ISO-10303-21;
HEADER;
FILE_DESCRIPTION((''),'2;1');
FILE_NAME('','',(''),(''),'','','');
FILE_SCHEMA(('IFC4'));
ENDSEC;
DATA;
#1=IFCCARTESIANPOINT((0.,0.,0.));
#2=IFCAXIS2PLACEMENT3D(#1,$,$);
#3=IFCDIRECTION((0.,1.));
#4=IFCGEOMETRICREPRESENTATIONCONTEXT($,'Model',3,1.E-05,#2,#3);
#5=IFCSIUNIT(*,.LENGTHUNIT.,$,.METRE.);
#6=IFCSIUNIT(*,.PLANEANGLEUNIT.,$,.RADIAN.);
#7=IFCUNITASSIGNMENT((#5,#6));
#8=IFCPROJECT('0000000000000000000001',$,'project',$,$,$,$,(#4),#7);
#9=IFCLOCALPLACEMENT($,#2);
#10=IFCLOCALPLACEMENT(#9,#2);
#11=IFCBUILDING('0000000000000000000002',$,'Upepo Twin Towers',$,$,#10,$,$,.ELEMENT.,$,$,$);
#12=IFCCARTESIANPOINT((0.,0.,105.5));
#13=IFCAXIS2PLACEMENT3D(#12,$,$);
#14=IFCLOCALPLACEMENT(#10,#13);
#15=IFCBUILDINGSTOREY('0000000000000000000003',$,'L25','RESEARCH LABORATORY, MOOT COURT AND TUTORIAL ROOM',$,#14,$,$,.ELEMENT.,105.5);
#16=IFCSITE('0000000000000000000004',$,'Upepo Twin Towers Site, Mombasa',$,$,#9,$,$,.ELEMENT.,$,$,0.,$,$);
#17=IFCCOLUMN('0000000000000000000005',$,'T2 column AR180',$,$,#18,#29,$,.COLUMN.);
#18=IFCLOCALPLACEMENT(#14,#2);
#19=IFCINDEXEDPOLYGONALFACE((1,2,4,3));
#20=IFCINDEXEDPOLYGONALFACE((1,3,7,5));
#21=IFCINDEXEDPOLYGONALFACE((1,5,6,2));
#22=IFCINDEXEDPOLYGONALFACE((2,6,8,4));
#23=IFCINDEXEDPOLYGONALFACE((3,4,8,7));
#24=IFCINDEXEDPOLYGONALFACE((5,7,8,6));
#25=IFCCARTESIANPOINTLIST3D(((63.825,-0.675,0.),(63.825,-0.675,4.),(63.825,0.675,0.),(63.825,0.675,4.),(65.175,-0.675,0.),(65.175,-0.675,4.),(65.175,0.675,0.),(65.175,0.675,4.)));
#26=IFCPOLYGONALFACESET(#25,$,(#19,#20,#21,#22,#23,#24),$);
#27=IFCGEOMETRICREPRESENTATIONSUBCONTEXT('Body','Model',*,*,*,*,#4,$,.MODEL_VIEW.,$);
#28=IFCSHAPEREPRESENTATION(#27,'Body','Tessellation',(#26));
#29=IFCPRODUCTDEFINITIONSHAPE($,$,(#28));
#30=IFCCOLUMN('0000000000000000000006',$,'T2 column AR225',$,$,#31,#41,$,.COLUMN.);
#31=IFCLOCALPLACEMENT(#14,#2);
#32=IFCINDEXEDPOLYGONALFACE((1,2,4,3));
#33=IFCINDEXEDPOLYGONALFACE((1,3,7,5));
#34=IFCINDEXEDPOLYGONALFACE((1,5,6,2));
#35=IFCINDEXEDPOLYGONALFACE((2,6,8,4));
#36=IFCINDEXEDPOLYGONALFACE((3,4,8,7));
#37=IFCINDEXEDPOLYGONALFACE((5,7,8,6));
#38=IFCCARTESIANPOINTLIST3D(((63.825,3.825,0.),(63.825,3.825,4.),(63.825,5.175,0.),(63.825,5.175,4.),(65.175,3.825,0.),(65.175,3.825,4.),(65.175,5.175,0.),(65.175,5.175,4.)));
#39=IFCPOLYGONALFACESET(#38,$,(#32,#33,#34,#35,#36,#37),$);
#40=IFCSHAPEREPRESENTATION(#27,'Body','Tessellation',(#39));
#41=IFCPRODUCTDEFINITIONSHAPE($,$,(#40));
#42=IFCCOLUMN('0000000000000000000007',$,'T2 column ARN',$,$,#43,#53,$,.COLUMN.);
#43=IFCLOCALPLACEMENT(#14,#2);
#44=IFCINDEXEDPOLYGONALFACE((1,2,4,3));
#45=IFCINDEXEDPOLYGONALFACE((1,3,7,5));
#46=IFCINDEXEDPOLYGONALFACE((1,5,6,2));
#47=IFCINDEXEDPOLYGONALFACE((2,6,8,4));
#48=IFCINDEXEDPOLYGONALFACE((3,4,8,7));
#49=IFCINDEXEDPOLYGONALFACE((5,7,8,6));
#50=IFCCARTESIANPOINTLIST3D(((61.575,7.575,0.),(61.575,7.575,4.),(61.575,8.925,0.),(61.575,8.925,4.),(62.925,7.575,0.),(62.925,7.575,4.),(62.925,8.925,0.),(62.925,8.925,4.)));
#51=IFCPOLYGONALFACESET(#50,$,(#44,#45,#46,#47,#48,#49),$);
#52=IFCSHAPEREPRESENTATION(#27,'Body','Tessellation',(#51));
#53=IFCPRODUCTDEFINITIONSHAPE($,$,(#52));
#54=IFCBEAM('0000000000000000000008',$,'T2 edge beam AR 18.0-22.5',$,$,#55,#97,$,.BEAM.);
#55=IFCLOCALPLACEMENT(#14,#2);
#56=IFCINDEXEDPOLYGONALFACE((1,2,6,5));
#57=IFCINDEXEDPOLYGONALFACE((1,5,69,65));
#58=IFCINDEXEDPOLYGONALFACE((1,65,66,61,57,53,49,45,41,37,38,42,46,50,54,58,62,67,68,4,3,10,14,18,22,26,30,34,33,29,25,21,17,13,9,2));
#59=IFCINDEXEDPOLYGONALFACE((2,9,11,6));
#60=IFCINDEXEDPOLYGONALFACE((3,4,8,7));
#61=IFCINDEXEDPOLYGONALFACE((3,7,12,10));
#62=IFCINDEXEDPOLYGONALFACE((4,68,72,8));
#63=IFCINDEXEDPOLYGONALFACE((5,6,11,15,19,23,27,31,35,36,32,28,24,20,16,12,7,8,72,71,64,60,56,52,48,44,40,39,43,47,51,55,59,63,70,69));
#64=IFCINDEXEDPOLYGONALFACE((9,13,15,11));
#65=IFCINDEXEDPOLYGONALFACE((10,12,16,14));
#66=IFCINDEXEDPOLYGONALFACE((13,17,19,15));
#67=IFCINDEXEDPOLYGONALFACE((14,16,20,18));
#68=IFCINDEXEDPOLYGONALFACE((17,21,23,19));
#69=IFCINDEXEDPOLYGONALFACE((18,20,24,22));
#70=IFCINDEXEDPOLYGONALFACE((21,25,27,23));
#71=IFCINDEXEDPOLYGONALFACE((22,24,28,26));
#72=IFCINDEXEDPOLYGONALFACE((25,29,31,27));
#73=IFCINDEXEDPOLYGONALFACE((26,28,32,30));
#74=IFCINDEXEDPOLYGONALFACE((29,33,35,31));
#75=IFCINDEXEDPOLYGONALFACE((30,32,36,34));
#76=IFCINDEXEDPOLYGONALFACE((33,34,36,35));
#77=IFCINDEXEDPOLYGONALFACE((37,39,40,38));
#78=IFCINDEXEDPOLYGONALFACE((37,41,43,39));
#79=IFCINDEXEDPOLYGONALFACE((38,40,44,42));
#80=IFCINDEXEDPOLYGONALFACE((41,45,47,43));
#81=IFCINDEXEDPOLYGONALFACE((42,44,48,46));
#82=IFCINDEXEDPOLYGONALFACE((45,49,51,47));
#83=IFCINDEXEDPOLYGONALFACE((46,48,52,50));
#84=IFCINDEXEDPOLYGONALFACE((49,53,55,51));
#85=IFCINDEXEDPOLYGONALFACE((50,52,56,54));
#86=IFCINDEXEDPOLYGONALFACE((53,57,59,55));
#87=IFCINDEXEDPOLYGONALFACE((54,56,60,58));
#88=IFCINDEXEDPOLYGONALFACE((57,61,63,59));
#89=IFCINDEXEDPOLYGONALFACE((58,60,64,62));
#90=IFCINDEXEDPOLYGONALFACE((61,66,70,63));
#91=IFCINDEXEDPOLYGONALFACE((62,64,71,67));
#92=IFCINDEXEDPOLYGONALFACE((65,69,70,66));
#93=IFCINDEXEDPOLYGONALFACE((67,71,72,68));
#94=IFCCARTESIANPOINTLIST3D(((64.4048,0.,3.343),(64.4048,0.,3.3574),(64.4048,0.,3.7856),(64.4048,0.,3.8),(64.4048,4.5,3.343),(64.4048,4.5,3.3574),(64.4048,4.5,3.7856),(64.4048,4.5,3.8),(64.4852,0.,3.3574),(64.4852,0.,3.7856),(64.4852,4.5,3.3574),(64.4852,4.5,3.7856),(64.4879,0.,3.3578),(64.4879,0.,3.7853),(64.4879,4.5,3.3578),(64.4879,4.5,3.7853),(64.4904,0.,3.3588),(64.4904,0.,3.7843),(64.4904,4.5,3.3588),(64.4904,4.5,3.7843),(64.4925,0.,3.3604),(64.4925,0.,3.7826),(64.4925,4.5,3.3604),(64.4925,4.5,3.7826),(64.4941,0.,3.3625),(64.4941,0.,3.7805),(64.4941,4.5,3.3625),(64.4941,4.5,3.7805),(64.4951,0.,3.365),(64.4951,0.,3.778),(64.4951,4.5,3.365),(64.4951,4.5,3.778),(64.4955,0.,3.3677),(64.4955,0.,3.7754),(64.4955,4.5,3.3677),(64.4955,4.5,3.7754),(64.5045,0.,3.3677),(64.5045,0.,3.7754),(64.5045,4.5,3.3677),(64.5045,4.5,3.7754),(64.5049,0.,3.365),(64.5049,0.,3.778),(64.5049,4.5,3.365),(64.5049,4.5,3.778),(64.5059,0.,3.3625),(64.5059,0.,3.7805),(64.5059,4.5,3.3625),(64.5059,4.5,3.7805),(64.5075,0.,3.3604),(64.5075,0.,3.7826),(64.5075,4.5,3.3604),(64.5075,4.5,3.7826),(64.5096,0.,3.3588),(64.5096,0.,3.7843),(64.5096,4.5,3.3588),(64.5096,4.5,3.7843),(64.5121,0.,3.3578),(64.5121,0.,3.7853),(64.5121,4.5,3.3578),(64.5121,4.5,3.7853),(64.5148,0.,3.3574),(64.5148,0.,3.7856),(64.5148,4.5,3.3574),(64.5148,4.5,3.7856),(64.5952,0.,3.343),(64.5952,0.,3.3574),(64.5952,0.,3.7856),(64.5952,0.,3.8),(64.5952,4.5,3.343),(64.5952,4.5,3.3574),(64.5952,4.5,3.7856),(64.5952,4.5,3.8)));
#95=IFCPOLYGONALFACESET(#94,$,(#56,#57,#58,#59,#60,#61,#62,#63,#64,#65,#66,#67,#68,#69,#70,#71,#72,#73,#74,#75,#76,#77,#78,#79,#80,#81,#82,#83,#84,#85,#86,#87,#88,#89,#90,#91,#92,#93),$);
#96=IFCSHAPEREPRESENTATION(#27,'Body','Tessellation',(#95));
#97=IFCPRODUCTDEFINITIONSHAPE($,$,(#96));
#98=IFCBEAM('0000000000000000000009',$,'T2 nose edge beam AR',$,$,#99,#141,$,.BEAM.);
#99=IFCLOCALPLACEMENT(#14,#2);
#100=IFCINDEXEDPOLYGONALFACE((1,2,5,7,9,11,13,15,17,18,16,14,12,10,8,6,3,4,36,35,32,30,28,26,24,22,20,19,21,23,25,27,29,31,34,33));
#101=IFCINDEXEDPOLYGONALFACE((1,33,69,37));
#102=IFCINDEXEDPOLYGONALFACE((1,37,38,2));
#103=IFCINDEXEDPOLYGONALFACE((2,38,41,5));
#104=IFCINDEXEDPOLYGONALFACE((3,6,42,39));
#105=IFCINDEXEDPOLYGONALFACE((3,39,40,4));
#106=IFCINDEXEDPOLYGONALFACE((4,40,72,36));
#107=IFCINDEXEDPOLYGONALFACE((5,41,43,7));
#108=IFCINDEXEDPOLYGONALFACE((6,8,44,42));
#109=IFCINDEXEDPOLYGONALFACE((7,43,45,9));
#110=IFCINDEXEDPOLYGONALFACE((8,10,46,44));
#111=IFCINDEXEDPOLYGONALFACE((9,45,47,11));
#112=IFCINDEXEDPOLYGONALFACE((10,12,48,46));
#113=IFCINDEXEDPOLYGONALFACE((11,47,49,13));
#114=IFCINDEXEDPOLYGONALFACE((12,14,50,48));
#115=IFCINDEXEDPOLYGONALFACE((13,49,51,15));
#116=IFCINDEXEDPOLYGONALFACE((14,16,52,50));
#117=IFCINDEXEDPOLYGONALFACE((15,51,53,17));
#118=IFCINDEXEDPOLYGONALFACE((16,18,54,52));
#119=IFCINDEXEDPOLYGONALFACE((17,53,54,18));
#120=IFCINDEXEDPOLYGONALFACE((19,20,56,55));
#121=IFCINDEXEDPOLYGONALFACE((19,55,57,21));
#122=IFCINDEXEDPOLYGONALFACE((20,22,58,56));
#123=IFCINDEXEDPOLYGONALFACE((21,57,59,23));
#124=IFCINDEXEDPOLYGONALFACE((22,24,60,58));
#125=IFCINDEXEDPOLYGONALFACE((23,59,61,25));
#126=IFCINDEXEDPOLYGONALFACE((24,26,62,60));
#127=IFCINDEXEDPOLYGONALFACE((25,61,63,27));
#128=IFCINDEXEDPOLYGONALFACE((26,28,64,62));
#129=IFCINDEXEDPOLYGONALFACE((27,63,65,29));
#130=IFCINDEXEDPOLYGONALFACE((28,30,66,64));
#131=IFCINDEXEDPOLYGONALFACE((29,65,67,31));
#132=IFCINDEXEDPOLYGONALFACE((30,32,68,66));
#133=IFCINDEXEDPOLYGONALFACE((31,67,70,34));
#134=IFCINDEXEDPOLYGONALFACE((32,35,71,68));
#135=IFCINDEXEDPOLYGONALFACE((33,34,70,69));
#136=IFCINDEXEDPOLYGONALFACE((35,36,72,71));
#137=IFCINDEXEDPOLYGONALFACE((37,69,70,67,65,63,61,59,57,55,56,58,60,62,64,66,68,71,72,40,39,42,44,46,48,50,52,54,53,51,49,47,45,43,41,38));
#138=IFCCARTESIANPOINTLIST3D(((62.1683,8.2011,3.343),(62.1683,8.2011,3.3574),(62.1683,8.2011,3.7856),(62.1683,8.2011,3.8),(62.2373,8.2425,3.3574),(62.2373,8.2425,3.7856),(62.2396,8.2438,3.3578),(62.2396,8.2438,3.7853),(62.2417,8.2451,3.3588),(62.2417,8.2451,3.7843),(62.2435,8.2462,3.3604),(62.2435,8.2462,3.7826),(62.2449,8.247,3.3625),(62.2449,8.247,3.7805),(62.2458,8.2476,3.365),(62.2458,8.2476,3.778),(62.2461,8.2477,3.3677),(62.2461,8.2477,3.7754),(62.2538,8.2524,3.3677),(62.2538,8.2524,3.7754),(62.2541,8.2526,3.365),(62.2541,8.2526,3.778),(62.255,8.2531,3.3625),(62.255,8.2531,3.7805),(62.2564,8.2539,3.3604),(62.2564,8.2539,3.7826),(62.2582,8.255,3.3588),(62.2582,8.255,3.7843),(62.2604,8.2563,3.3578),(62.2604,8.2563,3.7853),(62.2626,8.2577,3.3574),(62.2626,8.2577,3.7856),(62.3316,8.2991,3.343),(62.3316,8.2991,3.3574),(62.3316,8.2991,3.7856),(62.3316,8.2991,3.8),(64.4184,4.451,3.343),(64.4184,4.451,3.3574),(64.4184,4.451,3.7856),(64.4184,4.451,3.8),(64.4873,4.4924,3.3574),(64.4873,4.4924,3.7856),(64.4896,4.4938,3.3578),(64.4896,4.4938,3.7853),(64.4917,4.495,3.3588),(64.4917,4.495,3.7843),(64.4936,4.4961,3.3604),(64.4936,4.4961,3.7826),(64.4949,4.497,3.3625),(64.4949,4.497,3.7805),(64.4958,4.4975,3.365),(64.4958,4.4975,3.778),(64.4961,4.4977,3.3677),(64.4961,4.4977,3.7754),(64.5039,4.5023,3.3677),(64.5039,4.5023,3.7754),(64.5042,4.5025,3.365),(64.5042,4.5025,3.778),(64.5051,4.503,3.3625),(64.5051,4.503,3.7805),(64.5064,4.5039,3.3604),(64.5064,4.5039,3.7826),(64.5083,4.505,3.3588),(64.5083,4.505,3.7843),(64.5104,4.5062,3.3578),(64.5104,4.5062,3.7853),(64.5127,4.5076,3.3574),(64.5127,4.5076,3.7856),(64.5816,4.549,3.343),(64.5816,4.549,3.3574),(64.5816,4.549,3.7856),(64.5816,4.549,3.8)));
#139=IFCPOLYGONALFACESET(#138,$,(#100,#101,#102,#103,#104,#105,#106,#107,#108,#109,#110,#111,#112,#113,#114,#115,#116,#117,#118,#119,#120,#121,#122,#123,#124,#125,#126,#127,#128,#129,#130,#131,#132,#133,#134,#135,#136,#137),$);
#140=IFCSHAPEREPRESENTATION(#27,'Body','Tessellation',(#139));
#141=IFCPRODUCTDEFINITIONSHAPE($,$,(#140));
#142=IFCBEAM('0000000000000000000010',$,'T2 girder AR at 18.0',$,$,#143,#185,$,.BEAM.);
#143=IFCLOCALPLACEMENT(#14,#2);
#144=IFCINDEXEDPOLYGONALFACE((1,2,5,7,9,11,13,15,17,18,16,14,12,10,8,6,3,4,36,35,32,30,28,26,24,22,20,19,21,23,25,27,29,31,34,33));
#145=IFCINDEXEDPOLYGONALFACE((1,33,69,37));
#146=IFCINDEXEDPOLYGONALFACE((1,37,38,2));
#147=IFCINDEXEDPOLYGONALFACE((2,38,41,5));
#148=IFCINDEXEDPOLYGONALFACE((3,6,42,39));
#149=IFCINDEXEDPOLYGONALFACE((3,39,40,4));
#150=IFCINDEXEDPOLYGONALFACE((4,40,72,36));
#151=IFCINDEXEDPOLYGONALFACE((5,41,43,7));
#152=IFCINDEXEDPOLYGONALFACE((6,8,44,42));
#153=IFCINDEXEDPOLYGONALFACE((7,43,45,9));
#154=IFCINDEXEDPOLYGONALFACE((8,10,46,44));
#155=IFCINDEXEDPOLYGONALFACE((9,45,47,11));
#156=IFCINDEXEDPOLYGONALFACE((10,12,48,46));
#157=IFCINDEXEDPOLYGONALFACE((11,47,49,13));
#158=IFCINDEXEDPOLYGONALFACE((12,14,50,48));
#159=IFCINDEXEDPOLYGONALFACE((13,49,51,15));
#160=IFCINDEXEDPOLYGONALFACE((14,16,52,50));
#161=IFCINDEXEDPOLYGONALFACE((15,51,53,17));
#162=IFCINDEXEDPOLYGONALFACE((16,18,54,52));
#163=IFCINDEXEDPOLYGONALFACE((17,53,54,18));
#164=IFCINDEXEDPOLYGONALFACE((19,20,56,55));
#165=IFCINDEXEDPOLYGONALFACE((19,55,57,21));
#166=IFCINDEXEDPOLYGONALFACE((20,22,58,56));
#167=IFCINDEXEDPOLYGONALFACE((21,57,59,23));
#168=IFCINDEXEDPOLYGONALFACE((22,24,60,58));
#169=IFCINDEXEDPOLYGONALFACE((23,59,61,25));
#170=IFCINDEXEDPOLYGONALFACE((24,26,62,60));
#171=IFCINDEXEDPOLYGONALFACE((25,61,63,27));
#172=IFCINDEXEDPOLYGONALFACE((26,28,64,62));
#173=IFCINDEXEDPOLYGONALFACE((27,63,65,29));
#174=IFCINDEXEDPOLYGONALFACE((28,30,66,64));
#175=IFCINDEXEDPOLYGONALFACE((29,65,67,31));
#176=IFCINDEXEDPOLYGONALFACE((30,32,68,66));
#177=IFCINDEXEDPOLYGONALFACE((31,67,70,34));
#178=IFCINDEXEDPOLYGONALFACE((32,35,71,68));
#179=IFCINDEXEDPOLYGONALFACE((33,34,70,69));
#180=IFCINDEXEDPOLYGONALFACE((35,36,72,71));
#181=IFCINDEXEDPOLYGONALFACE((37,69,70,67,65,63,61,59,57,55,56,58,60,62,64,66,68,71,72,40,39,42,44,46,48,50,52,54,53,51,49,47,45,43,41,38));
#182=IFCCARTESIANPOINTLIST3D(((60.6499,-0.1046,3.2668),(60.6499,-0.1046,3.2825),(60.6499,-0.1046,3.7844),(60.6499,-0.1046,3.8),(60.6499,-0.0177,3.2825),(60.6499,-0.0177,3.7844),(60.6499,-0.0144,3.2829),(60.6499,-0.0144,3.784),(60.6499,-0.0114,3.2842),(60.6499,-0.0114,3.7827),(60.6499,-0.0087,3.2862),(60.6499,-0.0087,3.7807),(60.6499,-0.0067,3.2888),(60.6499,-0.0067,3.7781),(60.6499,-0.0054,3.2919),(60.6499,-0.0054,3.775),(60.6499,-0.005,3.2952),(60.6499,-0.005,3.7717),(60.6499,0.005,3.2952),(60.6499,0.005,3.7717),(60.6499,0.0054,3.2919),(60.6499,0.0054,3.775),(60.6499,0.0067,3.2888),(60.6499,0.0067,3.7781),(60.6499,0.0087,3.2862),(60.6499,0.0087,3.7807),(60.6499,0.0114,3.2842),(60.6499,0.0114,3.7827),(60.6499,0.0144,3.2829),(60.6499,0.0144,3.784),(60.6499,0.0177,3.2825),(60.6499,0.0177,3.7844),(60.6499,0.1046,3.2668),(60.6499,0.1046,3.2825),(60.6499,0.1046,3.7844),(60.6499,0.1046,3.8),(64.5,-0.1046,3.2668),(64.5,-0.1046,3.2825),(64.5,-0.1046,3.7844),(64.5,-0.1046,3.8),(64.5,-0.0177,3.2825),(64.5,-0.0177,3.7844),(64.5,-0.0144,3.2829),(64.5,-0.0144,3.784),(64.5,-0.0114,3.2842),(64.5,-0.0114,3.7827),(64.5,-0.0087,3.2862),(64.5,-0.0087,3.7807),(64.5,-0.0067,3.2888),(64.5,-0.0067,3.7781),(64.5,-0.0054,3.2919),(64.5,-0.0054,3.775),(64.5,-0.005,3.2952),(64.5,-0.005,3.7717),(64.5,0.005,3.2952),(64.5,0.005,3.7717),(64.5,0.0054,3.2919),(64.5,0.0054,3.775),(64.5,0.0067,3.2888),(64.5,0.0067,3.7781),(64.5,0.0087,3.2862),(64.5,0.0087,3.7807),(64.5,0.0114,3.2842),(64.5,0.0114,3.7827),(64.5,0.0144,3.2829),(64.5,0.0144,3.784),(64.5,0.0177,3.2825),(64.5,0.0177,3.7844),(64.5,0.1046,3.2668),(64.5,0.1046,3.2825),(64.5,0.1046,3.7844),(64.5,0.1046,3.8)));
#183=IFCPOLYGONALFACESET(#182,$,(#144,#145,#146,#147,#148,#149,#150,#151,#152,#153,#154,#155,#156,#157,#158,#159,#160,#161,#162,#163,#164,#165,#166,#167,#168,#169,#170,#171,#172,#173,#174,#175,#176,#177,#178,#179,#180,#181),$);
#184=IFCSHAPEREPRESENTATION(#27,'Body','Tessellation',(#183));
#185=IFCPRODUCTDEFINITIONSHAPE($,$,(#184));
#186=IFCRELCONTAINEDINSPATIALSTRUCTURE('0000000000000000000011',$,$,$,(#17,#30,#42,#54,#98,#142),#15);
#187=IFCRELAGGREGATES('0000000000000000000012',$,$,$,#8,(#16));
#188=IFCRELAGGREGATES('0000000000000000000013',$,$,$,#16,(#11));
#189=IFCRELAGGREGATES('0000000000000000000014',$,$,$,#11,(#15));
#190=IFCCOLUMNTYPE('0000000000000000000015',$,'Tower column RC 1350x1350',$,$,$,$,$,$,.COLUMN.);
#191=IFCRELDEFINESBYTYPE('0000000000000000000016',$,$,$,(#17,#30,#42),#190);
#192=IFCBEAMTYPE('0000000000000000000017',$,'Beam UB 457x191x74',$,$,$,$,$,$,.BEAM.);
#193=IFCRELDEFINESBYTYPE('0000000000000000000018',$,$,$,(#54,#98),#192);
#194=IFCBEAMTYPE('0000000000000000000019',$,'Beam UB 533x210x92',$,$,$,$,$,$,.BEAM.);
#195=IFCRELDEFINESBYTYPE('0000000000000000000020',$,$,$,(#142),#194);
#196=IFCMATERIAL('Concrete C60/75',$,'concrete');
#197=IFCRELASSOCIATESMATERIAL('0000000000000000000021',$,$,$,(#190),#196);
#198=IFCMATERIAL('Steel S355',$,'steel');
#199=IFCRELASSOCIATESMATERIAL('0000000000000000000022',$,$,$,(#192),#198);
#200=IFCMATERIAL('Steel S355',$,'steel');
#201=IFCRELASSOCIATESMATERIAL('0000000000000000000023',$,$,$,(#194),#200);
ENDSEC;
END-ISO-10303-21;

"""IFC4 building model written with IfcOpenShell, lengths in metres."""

from ifc_helpers import new_model, si_unit, direction, frame, origin, origin_2d, place, context, subcontext, project, spatial, rectangle, i_section, extrude, material, material_profile, profile_set, type_object, element, save


model = new_model("IFC4")

# Units and contexts
model_context = context("Model", 3, precision=1e-05, world=origin(), true_north=direction((0.0, 1.0)))
body_context = subcontext(model_context, "Body", "Model", "MODEL_VIEW")
ifc_project = project(units=[si_unit("LENGTHUNIT", "METRE"), si_unit("PLANEANGLEUNIT", "RADIAN")], contexts=[model_context])

# Site, building, storey
site_placement = place(None, origin())
site = spatial("IfcSite", under=ifc_project, at=site_placement, Name="Upepo Twin Towers Site, Mombasa", CompositionType="ELEMENT", RefElevation=0.0)
building_placement = place(site_placement, origin())
building = spatial("IfcBuilding", under=site, at=building_placement, Name="Upepo Twin Towers", CompositionType="ELEMENT")
storey_placement = place(building_placement, frame((0.0, 0.0, 105.5)))
storey = spatial("IfcBuildingStorey", under=building, at=storey_placement, Name="L25", Description="RESEARCH LABORATORY, MOOT COURT AND TUTORIAL ROOM", CompositionType="ELEMENT", Elevation=105.5)

# Columns
ifc_material_1 = material(Name="Concrete C60/75", Category="concrete")
ifc_material_profile_1 = material_profile(ifc_material_1, rectangle(XDim=1.3501, YDim=1.3501, at=origin_2d()), Name="RC 1350x1350")
ifc_profile_set_1 = profile_set([ifc_material_profile_1], Name="Concrete C60/75")
column_type = type_object("IfcColumnType", Name="Tower column RC 1350x1350", PredefinedType="COLUMN", material=ifc_profile_set_1)
for number, where, z_axis, x_axis, name in (
    (1, (64.5, 0.0, 0.0), (0.0, 0.0, 1.0), (1.0, 0.0, 0.0), "T2 column AR180"),
    (2, (64.5, 4.5, 0.0), (0.0, 0.0, 1.0), (1.0, 0.0, 0.0), "T2 column AR225"),
    (3, (62.25, 8.25, 0.0), (0.0, 0.0, 1.0), (1.0, 0.0, 0.0), "T2 column ARN"),
):
    element("IfcColumn", number, at=place(storey_placement, frame(where, z_axis=z_axis, x_axis=x_axis)), inside=storey, type_object=column_type, Name=name, PredefinedType="COLUMN", context=body_context, shape_type="SweptSolid", body=[
        extrude(rectangle(XDim=1.3501, YDim=1.3501, at=origin_2d()), origin(), (0.0, 0.0, 1.0), 4.0),
    ])

# Beams
ifc_material_2 = material(Name="Steel S355", Category="steel")
ifc_material_profile_2 = material_profile(ifc_material_2, i_section(OverallWidth=0.1904, OverallDepth=0.457, WebThickness=0.009, FlangeThickness=0.0144, FilletRadius=0.0103, at=origin_2d()), Name="UB 457x191x74")
ifc_profile_set_2 = profile_set([ifc_material_profile_2], Name="Steel S355")
beam_type_1 = type_object("IfcBeamType", Name="Beam UB 457x191x74", PredefinedType="BEAM", material=ifc_profile_set_2)
beam_1_placement = place(storey_placement, frame((64.5, 0.0, 3.5715), z_axis=(0.0, 1.0, 0.0), x_axis=(-1.0, 0.0, 0.0)))
element("IfcBeam", 4, at=beam_1_placement, inside=storey, type_object=beam_type_1, Name="T2 edge beam AR 18.0-22.5", PredefinedType="BEAM", context=body_context, shape_type="SweptSolid", body=[
    extrude(i_section(OverallWidth=0.1904, OverallDepth=0.457, WebThickness=0.009, FlangeThickness=0.0144, FilletRadius=0.0103, at=origin_2d()), origin(), (0.0, 0.0, 1.0), 4.5),
])
beam_2_placement = place(storey_placement, frame((64.5, 4.5, 3.5715), z_axis=(-0.514496, 0.857493, 0.0), x_axis=(-0.857493, -0.514496, 0.0)))
element("IfcBeam", 5, at=beam_2_placement, inside=storey, type_object=beam_type_1, Name="T2 nose edge beam AR", PredefinedType="BEAM", context=body_context, shape_type="SweptSolid", body=[
    extrude(i_section(OverallWidth=0.1904, OverallDepth=0.457, WebThickness=0.009, FlangeThickness=0.0144, FilletRadius=0.0103, at=origin_2d()), origin(), (0.0, 0.0, 1.0), 4.3733),
])
ifc_material_3 = material(Name="Steel S355", Category="steel")
ifc_material_profile_3 = material_profile(ifc_material_3, i_section(OverallWidth=0.2092, OverallDepth=0.5332, WebThickness=0.01, FlangeThickness=0.0156, FilletRadius=0.0127, at=origin_2d()), Name="UB 533x210x92")
ifc_profile_set_3 = profile_set([ifc_material_profile_3], Name="Steel S355")
beam_type_2 = type_object("IfcBeamType", Name="Beam UB 533x210x92", PredefinedType="BEAM", material=ifc_profile_set_3)
for number, where, z_axis, x_axis, name in (
    (6, (64.5, 0.0, 3.5334), (-1.0, 0.0, 0.0), (0.0, -1.0, 0.0), "T2 girder AR at 18.0"),
):
    element("IfcBeam", number, at=place(storey_placement, frame(where, z_axis=z_axis, x_axis=x_axis)), inside=storey, type_object=beam_type_2, Name=name, PredefinedType="BEAM", context=body_context, shape_type="SweptSolid", body=[
        extrude(i_section(OverallWidth=0.2092, OverallDepth=0.5332, WebThickness=0.01, FlangeThickness=0.0156, FilletRadius=0.0127, at=origin_2d()), origin(), (0.0, 0.0, 1.0), 3.8501),
    ])

save(model, "model.ifc")
